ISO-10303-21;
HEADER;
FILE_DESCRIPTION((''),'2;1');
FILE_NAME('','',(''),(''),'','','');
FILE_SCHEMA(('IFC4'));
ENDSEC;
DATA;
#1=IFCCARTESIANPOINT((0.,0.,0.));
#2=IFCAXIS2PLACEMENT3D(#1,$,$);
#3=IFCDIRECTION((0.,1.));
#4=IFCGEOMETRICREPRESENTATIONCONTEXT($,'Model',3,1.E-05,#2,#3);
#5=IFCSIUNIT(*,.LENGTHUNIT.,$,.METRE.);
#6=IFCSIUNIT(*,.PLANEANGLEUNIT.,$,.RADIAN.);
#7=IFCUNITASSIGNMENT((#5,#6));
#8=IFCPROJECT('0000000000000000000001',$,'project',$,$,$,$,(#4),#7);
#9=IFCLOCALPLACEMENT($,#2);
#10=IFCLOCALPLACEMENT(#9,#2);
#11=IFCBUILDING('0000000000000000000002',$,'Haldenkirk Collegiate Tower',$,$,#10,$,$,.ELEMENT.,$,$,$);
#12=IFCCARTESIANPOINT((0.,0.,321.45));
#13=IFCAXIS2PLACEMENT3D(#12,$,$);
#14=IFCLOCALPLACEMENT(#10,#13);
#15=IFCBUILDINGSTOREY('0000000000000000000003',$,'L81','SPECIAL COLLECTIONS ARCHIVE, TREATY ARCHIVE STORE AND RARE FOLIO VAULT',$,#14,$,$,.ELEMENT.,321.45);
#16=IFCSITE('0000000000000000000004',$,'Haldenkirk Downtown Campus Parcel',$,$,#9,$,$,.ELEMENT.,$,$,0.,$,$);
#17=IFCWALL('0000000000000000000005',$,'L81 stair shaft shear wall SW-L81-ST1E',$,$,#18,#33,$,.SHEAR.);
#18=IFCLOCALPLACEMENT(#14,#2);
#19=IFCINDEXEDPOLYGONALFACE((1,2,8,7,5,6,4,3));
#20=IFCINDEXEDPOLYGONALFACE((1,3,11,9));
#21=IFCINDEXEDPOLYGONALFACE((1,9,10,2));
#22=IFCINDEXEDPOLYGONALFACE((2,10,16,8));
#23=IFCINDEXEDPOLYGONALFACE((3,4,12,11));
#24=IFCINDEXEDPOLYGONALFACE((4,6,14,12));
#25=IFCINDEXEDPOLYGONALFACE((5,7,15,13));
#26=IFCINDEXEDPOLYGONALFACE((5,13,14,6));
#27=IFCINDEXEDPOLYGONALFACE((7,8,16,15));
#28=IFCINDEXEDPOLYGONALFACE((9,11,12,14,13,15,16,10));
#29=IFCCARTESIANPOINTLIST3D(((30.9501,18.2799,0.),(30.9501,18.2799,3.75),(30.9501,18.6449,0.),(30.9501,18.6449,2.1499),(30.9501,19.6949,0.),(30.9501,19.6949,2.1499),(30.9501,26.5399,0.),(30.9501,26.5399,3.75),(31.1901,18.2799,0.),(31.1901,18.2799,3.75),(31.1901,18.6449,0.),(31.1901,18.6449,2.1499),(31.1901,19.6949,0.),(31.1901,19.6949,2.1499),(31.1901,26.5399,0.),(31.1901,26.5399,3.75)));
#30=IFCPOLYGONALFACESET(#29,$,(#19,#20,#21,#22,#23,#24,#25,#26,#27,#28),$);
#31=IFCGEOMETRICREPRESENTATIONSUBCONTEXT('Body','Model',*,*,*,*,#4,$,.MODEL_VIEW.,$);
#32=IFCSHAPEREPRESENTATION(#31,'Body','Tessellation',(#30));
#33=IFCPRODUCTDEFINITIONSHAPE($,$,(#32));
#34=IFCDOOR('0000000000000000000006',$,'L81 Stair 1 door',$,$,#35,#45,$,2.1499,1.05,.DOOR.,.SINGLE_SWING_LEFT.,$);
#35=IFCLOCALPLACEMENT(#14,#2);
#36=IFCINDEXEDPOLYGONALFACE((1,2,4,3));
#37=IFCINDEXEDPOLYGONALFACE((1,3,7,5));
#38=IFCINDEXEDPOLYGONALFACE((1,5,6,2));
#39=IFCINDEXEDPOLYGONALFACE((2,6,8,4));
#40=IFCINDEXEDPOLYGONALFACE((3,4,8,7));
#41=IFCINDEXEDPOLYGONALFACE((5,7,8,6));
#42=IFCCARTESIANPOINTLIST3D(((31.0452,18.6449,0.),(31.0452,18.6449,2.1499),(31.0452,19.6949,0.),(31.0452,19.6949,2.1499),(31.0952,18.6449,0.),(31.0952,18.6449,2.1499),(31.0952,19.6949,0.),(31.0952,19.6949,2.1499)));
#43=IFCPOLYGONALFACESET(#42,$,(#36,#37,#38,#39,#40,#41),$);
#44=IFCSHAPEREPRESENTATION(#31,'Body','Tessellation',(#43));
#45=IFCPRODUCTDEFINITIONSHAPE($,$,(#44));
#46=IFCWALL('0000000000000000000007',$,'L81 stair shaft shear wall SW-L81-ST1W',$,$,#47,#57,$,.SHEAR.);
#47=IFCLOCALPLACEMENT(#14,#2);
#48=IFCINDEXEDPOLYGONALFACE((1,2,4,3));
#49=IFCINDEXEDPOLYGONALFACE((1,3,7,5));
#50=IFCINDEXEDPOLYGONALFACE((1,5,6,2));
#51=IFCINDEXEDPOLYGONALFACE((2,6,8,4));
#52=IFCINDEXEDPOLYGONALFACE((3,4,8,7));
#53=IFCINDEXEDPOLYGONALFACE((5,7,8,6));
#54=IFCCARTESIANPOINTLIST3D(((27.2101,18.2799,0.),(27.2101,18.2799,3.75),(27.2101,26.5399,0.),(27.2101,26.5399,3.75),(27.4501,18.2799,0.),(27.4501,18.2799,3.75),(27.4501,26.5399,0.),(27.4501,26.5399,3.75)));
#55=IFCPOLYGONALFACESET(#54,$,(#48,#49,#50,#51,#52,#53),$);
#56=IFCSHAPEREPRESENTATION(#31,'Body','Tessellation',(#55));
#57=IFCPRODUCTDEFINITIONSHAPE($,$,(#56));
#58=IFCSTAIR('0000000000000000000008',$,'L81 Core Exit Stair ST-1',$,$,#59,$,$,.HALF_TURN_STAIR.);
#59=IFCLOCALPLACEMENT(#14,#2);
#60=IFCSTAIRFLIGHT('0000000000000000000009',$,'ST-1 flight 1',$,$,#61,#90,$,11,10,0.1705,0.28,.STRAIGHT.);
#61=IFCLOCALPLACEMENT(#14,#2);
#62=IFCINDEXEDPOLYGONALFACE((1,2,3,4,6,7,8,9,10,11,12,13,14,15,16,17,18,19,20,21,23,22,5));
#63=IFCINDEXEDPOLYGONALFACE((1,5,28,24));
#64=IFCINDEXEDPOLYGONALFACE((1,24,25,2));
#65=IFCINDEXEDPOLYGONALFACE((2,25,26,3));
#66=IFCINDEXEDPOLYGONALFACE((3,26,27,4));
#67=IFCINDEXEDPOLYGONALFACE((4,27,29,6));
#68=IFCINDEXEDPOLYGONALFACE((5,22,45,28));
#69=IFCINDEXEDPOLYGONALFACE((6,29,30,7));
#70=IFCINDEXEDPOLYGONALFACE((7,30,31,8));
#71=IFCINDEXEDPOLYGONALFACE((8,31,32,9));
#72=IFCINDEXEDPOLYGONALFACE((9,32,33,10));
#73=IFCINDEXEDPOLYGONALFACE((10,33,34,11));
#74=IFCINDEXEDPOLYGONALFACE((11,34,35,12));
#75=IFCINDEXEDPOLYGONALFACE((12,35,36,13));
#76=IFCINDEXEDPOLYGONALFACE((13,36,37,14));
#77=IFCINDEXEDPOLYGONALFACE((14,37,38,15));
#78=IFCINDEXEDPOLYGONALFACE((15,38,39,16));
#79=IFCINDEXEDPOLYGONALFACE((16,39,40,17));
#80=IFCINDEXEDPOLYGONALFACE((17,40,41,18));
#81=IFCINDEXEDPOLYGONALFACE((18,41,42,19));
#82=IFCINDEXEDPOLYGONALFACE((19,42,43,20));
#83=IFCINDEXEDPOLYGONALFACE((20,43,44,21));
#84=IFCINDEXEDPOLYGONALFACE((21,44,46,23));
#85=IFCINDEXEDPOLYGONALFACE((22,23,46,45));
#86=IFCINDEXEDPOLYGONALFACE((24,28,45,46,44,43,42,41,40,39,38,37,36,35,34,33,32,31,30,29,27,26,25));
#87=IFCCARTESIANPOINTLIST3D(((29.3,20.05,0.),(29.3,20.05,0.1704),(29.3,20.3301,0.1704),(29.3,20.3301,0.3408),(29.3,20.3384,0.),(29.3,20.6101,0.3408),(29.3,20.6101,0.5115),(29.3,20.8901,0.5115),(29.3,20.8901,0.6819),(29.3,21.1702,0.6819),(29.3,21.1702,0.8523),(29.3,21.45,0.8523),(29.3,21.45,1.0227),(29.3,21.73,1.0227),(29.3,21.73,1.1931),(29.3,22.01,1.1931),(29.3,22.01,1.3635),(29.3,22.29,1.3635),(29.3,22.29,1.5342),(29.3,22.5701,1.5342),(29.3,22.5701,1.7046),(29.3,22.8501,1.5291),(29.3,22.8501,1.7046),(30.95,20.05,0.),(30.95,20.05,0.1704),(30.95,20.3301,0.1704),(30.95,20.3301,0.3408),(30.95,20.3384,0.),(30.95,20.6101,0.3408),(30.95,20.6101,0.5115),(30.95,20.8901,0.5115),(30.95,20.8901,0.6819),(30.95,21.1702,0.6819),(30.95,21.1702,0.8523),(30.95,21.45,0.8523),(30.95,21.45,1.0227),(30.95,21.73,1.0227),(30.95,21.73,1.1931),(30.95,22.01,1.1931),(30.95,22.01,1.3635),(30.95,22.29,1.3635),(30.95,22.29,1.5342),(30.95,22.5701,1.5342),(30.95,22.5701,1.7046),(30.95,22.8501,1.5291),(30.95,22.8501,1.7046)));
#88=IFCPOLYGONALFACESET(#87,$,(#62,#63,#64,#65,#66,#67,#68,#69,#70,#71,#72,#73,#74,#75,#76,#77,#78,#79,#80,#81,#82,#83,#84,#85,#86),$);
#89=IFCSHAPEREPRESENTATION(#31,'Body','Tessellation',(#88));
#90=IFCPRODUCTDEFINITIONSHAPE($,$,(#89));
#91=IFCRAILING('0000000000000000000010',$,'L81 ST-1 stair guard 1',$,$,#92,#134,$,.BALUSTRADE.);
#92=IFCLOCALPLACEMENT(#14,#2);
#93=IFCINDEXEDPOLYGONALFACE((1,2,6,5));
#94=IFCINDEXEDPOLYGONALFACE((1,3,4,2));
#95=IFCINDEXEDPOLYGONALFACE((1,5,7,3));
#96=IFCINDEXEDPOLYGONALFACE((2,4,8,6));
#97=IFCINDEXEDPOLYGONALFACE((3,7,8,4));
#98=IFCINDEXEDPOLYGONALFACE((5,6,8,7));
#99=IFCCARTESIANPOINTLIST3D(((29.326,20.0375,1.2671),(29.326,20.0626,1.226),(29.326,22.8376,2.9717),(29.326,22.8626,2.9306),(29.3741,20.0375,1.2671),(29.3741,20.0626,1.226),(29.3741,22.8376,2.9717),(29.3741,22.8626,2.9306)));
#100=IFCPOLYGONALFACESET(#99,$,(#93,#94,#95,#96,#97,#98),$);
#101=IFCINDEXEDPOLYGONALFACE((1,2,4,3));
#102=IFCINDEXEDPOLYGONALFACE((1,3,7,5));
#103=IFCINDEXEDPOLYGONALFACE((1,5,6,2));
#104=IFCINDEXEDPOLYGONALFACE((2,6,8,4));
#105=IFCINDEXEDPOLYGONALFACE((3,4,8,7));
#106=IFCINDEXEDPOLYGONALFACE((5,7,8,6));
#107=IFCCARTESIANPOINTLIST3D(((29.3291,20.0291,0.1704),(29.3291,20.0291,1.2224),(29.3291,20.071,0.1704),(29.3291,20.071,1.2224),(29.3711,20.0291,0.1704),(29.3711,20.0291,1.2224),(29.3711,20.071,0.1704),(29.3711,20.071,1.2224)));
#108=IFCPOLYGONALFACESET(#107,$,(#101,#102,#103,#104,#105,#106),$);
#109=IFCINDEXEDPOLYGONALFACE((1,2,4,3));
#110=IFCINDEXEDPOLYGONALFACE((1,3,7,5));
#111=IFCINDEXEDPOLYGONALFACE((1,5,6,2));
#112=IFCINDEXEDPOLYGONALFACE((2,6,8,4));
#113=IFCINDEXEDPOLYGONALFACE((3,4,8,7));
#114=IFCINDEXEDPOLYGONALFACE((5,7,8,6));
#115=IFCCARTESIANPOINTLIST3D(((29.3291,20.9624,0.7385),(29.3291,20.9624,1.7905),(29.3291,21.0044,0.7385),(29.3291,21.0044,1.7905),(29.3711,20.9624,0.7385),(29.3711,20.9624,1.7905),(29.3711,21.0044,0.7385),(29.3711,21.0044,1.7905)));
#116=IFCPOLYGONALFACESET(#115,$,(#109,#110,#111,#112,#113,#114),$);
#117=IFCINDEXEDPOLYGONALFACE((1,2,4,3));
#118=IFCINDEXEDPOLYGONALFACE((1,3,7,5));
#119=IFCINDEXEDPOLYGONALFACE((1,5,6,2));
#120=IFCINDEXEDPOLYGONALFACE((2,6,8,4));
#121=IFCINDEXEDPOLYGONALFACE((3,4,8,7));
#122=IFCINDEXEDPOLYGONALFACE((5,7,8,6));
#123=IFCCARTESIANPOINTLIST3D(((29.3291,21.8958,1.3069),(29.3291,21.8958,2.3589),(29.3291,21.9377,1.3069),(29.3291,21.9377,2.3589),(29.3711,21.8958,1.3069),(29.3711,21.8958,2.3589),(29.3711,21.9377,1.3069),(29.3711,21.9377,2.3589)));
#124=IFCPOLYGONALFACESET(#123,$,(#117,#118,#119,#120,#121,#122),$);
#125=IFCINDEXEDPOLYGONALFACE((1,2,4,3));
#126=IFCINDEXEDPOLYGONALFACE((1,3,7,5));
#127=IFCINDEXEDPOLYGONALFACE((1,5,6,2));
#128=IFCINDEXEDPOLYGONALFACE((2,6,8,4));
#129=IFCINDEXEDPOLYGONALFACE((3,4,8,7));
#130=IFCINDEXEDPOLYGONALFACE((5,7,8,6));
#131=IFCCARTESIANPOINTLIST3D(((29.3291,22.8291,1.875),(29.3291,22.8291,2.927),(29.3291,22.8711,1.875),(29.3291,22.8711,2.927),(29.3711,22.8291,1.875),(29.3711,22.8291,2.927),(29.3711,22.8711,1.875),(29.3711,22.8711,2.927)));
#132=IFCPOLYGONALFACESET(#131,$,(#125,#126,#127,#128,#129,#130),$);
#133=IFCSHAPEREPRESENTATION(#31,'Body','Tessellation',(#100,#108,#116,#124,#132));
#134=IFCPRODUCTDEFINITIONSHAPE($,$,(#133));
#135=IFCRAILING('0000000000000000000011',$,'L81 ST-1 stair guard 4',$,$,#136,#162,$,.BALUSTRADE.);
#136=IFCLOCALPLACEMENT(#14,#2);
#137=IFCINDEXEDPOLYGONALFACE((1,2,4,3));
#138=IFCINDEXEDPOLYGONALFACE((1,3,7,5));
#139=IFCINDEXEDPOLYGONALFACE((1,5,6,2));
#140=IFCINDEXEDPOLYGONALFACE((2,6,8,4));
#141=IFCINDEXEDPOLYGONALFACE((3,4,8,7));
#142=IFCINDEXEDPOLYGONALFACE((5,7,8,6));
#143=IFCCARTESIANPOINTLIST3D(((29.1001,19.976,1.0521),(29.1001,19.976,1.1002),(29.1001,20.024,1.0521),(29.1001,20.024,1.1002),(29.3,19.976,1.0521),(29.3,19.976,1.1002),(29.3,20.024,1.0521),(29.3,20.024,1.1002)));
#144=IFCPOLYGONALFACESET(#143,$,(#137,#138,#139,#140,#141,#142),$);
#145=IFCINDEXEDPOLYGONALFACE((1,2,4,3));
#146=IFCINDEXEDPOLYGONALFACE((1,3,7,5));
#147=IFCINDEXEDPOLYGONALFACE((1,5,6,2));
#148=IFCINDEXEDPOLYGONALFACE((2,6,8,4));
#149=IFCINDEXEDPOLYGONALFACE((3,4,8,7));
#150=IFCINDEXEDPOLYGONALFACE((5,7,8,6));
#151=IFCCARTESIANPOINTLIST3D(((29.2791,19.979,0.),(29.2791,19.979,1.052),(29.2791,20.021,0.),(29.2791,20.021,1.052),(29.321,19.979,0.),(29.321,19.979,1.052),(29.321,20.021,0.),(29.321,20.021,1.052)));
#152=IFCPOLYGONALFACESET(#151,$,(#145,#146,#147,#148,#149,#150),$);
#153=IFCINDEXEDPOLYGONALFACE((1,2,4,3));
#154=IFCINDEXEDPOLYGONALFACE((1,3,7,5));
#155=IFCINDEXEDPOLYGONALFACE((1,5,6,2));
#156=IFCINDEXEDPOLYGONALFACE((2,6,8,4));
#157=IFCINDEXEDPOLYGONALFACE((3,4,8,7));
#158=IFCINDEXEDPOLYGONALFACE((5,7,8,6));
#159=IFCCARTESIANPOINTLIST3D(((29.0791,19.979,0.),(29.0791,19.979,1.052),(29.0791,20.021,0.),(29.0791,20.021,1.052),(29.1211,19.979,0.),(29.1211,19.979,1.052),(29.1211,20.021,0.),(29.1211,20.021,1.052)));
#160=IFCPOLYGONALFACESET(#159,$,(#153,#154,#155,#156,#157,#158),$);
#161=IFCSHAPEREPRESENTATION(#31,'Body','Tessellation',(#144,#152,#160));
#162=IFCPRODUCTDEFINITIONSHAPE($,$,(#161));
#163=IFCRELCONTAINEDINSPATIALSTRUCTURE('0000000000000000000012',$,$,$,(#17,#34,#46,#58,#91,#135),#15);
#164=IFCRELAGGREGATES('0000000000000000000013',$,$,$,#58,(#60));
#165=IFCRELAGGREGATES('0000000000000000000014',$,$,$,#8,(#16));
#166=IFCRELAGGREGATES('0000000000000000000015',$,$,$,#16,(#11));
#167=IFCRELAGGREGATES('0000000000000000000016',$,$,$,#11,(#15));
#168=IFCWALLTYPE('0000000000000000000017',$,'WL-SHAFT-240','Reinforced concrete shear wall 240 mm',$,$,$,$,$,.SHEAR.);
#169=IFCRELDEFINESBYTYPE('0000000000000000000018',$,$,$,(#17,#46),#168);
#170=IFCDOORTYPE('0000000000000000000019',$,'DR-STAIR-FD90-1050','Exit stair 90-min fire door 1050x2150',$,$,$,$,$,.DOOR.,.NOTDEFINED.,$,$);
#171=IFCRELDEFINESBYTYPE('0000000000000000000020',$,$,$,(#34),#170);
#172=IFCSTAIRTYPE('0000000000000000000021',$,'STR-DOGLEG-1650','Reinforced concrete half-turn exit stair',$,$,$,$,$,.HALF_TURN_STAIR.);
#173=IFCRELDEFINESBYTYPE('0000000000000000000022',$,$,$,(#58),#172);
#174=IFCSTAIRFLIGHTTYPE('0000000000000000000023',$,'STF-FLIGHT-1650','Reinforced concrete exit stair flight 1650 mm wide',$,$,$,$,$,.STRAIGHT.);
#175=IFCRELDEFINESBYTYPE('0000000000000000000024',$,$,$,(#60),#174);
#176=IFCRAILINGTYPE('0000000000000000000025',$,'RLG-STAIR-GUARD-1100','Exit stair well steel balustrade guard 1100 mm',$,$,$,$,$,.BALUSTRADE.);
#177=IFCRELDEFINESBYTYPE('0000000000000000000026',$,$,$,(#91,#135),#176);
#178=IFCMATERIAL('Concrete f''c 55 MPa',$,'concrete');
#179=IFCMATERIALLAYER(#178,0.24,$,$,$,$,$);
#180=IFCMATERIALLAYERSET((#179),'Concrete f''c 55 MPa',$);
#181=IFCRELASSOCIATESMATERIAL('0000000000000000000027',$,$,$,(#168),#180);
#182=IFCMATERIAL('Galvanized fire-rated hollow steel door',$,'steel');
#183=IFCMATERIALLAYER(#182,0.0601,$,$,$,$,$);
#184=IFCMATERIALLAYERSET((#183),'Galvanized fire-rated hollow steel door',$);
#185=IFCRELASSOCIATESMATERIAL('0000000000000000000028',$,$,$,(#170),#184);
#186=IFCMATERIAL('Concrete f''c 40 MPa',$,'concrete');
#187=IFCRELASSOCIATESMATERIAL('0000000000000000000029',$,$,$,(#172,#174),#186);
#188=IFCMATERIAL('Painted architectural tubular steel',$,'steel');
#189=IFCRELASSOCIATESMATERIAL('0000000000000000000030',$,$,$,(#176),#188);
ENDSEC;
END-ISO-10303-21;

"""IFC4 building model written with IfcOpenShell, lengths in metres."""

from ifc_helpers import new_model, si_unit, direction, frame, frame_2d, origin, origin_2d, place, context, subcontext, project, spatial, polyline, rectangle, outline, extrude, material, layer, layer_set, type_object, element, fill, aggregate, save


model = new_model("IFC4")

# Units and contexts
model_context = context("Model", 3, precision=1e-05, world=origin(), true_north=direction((0.0, 1.0)))
body_context = subcontext(model_context, "Body", "Model", "MODEL_VIEW")
ifc_project = project(units=[si_unit("LENGTHUNIT", "METRE"), si_unit("PLANEANGLEUNIT", "RADIAN")], contexts=[model_context])

# Site, building, storey
site_placement = place(None, origin())
site = spatial("IfcSite", under=ifc_project, at=site_placement, Name="Haldenkirk Downtown Campus Parcel", CompositionType="ELEMENT", RefElevation=0.0)
building_placement = place(site_placement, origin())
building = spatial("IfcBuilding", under=site, at=building_placement, Name="Haldenkirk Collegiate Tower", CompositionType="ELEMENT")
storey_placement = place(building_placement, frame((0.0, 0.0, 321.45)))
storey = spatial("IfcBuildingStorey", under=building, at=storey_placement, Name="L81", Description="SPECIAL COLLECTIONS ARCHIVE, TREATY ARCHIVE STORE AND RARE FOLIO VAULT", CompositionType="ELEMENT", Elevation=321.45)

# Shared definitions
ifc_material_1 = material(Name="Concrete f'c 55 MPa", Category="concrete")
ifc_material_2 = material(Name="Galvanized fire-rated hollow steel door", Category="steel")

# Wall, opening, door
ifc_layer_1 = layer(ifc_material_1, 0.24)
ifc_layer_set_1 = layer_set([ifc_layer_1], Name="Concrete f'c 55 MPa")
wall_type_1 = type_object("IfcWallType", Name="WL-SHAFT-240", Description="Reinforced concrete shear wall 240 mm", PredefinedType="SHEAR", material=ifc_layer_set_1)
wall_1_placement = place(storey_placement, frame((31.0701, 18.28, 0.0), z_axis=(0.0, 0.0, 1.0), x_axis=(0.0, 1.0, 0.0)))
wall_1 = element("IfcWall", 1, at=wall_1_placement, inside=storey, type_object=wall_type_1, Name="L81 stair shaft shear wall SW-L81-ST1E", PredefinedType="SHEAR", context=body_context, shape_type="SweptSolid", body=[
    extrude(rectangle(XDim=8.26, YDim=0.24, at=frame_2d((4.1299, 0.0))), origin(), (0.0, 0.0, 1.0), 3.75),
])
opening_1_placement = place(wall_1_placement, frame((0.365, 0.0, 0.0)))
opening_1 = element("IfcOpeningElement", 2, at=opening_1_placement, cuts=wall_1, PredefinedType="OPENING", context=body_context, shape_type="SweptSolid", body=[
    extrude(rectangle(XDim=1.05, YDim=2.1499, at=frame_2d((0.5249, 1.075))), frame((0.0, 0.1299, 0.0), z_axis=(0.0, -1.0, 0.0), x_axis=(1.0, 0.0, 0.0)), (0.0, 0.0, 1.0), 0.26),
])
ifc_layer_2 = layer(ifc_material_2, 0.0601)
ifc_layer_set_2 = layer_set([ifc_layer_2], Name="Galvanized fire-rated hollow steel door")
door_type_1 = type_object("IfcDoorType", Name="DR-STAIR-FD90-1050", Description="Exit stair 90-min fire door 1050x2150", OperationType="NOTDEFINED", PredefinedType="DOOR", material=ifc_layer_set_2)
door_1_placement = place(opening_1_placement, origin())
door_1 = element("IfcDoor", 3, at=door_1_placement, inside=storey, type_object=door_type_1, Name="L81 Stair 1 door", OperationType="SINGLE_SWING_LEFT", OverallHeight=2.1499, OverallWidth=1.05, PredefinedType="DOOR", context=body_context, shape_type="SweptSolid", body=[
    extrude(rectangle(XDim=1.05, YDim=2.1499, at=frame_2d((0.5249, 1.075))), frame((0.0, 0.0249, 0.0), z_axis=(0.0, -1.0, 0.0), x_axis=(1.0, 0.0, 0.0)), (0.0, 0.0, 1.0), 0.05),
])
fill(opening_1, door_1)

# Wall
wall_2_placement = place(storey_placement, frame((27.3301, 18.28, 0.0), z_axis=(0.0, 0.0, 1.0), x_axis=(0.0, 1.0, 0.0)))
element("IfcWall", 4, at=wall_2_placement, inside=storey, type_object=wall_type_1, Name="L81 stair shaft shear wall SW-L81-ST1W", PredefinedType="SHEAR", context=body_context, shape_type="SweptSolid", body=[
    extrude(rectangle(XDim=8.26, YDim=0.24, at=frame_2d((4.1299, 0.0))), origin(), (0.0, 0.0, 1.0), 3.75),
])

# Stair, stair flight
ifc_material_3 = material(Name="Concrete f'c 40 MPa", Category="concrete")
stair_type = type_object("IfcStairType", Name="STR-DOGLEG-1650", Description="Reinforced concrete half-turn exit stair", PredefinedType="HALF_TURN_STAIR", material=ifc_material_3)
stair_placement = place(storey_placement, origin())
stair = element("IfcStair", 5, at=stair_placement, inside=storey, type_object=stair_type, Name="L81 Core Exit Stair ST-1", PredefinedType="HALF_TURN_STAIR")
stair_flight_type = type_object("IfcStairFlightType", Name="STF-FLIGHT-1650", Description="Reinforced concrete exit stair flight 1650 mm wide", PredefinedType="STRAIGHT", material=ifc_material_3)
stair_flight_placement = place(storey_placement, frame((30.125, 20.05, 0.0), z_axis=(0.0, 0.0, 1.0), x_axis=(0.0, 1.0, 0.0)))
stair_flight = element("IfcStairFlight", 6, at=stair_flight_placement, type_object=stair_flight_type, Name="ST-1 flight 1", NumberOfRisers=11, NumberOfTreads=10, PredefinedType="STRAIGHT", RiserHeight=0.1705, TreadLength=0.28, context=body_context, shape_type="SweptSolid", body=[
    extrude(outline(polyline([(0.0, 0.0), (0.0, 0.1704), (0.28, 0.1704), (0.28, 0.3408), (0.5601, 0.3408), (0.5601, 0.5115), (0.8401, 0.5115), (0.8401, 0.6819), (1.1201, 0.6819), (1.1201, 0.8523), (1.3999, 0.8523), (1.3999, 1.0227), (1.6799, 1.0227), (1.6799, 1.1931), (1.96, 1.1931), (1.96, 1.3635), (2.24, 1.3635), (2.24, 1.5342), (2.52, 1.5342), (2.52, 1.7046), (2.8, 1.7046), (2.8, 1.875), (2.8, 1.5291), (0.2883, 0.0), (0.0, 0.0)])), frame((0.0, 0.825, 0.0), z_axis=(0.0, -1.0, 0.0), x_axis=(1.0, 0.0, 0.0)), (0.0, 0.0, 1.0), 1.6499),
])
aggregate(stair, [stair_flight])

# Railings
ifc_material_4 = material(Name="Painted architectural tubular steel", Category="steel")
railing_type_1 = type_object("IfcRailingType", Name="RLG-STAIR-GUARD-1100", Description="Exit stair well steel balustrade guard 1100 mm", PredefinedType="BALUSTRADE", material=ifc_material_4)
railing_1_placement = place(storey_placement, frame((29.3501, 20.05, 0.1704)))
element("IfcRailing", 7, at=railing_1_placement, inside=storey, type_object=railing_type_1, Name="L81 ST-1 stair guard 1", PredefinedType="BALUSTRADE", context=body_context, shape_type="SweptSolid", body=[
    extrude(rectangle(XDim=0.0481, YDim=0.0481, at=origin_2d()), frame((0.0, 0.0, 1.0762), z_axis=(0.0, 0.85417, 0.519994), x_axis=(-1.0, 0.0, 0.0)), (0.0, 0.0, 1.0), 3.2781),
    extrude(rectangle(XDim=0.042, YDim=0.042, at=origin_2d()), origin(), (0.0, 0.0, 1.0), 1.052),
    extrude(rectangle(XDim=0.042, YDim=0.042, at=origin_2d()), frame((0.0, 0.9333, 0.5681)), (0.0, 0.0, 1.0), 1.052),
    extrude(rectangle(XDim=0.042, YDim=0.042, at=origin_2d()), frame((0.0, 1.8667, 1.1365)), (0.0, 0.0, 1.0), 1.052),
    extrude(rectangle(XDim=0.042, YDim=0.042, at=origin_2d()), frame((0.0, 2.8, 1.7046)), (0.0, 0.0, 1.0), 1.052),
])
railing_2_placement = place(storey_placement, frame((29.3, 20.0, 0.0)))
element("IfcRailing", 8, at=railing_2_placement, inside=storey, type_object=railing_type_1, Name="L81 ST-1 stair guard 4", PredefinedType="BALUSTRADE", context=body_context, shape_type="SweptSolid", body=[
    extrude(rectangle(XDim=0.0481, YDim=0.0481, at=origin_2d()), frame((0.0, 0.0, 1.0762), z_axis=(-1.0, 0.0, 0.0), x_axis=(0.0, -1.0, 0.0)), (0.0, 0.0, 1.0), 0.2),
    extrude(rectangle(XDim=0.042, YDim=0.042, at=origin_2d()), origin(), (0.0, 0.0, 1.0), 1.052),
    extrude(rectangle(XDim=0.042, YDim=0.042, at=origin_2d()), frame((-0.2, 0.0, 0.0)), (0.0, 0.0, 1.0), 1.052),
])

save(model, "model.ifc")
